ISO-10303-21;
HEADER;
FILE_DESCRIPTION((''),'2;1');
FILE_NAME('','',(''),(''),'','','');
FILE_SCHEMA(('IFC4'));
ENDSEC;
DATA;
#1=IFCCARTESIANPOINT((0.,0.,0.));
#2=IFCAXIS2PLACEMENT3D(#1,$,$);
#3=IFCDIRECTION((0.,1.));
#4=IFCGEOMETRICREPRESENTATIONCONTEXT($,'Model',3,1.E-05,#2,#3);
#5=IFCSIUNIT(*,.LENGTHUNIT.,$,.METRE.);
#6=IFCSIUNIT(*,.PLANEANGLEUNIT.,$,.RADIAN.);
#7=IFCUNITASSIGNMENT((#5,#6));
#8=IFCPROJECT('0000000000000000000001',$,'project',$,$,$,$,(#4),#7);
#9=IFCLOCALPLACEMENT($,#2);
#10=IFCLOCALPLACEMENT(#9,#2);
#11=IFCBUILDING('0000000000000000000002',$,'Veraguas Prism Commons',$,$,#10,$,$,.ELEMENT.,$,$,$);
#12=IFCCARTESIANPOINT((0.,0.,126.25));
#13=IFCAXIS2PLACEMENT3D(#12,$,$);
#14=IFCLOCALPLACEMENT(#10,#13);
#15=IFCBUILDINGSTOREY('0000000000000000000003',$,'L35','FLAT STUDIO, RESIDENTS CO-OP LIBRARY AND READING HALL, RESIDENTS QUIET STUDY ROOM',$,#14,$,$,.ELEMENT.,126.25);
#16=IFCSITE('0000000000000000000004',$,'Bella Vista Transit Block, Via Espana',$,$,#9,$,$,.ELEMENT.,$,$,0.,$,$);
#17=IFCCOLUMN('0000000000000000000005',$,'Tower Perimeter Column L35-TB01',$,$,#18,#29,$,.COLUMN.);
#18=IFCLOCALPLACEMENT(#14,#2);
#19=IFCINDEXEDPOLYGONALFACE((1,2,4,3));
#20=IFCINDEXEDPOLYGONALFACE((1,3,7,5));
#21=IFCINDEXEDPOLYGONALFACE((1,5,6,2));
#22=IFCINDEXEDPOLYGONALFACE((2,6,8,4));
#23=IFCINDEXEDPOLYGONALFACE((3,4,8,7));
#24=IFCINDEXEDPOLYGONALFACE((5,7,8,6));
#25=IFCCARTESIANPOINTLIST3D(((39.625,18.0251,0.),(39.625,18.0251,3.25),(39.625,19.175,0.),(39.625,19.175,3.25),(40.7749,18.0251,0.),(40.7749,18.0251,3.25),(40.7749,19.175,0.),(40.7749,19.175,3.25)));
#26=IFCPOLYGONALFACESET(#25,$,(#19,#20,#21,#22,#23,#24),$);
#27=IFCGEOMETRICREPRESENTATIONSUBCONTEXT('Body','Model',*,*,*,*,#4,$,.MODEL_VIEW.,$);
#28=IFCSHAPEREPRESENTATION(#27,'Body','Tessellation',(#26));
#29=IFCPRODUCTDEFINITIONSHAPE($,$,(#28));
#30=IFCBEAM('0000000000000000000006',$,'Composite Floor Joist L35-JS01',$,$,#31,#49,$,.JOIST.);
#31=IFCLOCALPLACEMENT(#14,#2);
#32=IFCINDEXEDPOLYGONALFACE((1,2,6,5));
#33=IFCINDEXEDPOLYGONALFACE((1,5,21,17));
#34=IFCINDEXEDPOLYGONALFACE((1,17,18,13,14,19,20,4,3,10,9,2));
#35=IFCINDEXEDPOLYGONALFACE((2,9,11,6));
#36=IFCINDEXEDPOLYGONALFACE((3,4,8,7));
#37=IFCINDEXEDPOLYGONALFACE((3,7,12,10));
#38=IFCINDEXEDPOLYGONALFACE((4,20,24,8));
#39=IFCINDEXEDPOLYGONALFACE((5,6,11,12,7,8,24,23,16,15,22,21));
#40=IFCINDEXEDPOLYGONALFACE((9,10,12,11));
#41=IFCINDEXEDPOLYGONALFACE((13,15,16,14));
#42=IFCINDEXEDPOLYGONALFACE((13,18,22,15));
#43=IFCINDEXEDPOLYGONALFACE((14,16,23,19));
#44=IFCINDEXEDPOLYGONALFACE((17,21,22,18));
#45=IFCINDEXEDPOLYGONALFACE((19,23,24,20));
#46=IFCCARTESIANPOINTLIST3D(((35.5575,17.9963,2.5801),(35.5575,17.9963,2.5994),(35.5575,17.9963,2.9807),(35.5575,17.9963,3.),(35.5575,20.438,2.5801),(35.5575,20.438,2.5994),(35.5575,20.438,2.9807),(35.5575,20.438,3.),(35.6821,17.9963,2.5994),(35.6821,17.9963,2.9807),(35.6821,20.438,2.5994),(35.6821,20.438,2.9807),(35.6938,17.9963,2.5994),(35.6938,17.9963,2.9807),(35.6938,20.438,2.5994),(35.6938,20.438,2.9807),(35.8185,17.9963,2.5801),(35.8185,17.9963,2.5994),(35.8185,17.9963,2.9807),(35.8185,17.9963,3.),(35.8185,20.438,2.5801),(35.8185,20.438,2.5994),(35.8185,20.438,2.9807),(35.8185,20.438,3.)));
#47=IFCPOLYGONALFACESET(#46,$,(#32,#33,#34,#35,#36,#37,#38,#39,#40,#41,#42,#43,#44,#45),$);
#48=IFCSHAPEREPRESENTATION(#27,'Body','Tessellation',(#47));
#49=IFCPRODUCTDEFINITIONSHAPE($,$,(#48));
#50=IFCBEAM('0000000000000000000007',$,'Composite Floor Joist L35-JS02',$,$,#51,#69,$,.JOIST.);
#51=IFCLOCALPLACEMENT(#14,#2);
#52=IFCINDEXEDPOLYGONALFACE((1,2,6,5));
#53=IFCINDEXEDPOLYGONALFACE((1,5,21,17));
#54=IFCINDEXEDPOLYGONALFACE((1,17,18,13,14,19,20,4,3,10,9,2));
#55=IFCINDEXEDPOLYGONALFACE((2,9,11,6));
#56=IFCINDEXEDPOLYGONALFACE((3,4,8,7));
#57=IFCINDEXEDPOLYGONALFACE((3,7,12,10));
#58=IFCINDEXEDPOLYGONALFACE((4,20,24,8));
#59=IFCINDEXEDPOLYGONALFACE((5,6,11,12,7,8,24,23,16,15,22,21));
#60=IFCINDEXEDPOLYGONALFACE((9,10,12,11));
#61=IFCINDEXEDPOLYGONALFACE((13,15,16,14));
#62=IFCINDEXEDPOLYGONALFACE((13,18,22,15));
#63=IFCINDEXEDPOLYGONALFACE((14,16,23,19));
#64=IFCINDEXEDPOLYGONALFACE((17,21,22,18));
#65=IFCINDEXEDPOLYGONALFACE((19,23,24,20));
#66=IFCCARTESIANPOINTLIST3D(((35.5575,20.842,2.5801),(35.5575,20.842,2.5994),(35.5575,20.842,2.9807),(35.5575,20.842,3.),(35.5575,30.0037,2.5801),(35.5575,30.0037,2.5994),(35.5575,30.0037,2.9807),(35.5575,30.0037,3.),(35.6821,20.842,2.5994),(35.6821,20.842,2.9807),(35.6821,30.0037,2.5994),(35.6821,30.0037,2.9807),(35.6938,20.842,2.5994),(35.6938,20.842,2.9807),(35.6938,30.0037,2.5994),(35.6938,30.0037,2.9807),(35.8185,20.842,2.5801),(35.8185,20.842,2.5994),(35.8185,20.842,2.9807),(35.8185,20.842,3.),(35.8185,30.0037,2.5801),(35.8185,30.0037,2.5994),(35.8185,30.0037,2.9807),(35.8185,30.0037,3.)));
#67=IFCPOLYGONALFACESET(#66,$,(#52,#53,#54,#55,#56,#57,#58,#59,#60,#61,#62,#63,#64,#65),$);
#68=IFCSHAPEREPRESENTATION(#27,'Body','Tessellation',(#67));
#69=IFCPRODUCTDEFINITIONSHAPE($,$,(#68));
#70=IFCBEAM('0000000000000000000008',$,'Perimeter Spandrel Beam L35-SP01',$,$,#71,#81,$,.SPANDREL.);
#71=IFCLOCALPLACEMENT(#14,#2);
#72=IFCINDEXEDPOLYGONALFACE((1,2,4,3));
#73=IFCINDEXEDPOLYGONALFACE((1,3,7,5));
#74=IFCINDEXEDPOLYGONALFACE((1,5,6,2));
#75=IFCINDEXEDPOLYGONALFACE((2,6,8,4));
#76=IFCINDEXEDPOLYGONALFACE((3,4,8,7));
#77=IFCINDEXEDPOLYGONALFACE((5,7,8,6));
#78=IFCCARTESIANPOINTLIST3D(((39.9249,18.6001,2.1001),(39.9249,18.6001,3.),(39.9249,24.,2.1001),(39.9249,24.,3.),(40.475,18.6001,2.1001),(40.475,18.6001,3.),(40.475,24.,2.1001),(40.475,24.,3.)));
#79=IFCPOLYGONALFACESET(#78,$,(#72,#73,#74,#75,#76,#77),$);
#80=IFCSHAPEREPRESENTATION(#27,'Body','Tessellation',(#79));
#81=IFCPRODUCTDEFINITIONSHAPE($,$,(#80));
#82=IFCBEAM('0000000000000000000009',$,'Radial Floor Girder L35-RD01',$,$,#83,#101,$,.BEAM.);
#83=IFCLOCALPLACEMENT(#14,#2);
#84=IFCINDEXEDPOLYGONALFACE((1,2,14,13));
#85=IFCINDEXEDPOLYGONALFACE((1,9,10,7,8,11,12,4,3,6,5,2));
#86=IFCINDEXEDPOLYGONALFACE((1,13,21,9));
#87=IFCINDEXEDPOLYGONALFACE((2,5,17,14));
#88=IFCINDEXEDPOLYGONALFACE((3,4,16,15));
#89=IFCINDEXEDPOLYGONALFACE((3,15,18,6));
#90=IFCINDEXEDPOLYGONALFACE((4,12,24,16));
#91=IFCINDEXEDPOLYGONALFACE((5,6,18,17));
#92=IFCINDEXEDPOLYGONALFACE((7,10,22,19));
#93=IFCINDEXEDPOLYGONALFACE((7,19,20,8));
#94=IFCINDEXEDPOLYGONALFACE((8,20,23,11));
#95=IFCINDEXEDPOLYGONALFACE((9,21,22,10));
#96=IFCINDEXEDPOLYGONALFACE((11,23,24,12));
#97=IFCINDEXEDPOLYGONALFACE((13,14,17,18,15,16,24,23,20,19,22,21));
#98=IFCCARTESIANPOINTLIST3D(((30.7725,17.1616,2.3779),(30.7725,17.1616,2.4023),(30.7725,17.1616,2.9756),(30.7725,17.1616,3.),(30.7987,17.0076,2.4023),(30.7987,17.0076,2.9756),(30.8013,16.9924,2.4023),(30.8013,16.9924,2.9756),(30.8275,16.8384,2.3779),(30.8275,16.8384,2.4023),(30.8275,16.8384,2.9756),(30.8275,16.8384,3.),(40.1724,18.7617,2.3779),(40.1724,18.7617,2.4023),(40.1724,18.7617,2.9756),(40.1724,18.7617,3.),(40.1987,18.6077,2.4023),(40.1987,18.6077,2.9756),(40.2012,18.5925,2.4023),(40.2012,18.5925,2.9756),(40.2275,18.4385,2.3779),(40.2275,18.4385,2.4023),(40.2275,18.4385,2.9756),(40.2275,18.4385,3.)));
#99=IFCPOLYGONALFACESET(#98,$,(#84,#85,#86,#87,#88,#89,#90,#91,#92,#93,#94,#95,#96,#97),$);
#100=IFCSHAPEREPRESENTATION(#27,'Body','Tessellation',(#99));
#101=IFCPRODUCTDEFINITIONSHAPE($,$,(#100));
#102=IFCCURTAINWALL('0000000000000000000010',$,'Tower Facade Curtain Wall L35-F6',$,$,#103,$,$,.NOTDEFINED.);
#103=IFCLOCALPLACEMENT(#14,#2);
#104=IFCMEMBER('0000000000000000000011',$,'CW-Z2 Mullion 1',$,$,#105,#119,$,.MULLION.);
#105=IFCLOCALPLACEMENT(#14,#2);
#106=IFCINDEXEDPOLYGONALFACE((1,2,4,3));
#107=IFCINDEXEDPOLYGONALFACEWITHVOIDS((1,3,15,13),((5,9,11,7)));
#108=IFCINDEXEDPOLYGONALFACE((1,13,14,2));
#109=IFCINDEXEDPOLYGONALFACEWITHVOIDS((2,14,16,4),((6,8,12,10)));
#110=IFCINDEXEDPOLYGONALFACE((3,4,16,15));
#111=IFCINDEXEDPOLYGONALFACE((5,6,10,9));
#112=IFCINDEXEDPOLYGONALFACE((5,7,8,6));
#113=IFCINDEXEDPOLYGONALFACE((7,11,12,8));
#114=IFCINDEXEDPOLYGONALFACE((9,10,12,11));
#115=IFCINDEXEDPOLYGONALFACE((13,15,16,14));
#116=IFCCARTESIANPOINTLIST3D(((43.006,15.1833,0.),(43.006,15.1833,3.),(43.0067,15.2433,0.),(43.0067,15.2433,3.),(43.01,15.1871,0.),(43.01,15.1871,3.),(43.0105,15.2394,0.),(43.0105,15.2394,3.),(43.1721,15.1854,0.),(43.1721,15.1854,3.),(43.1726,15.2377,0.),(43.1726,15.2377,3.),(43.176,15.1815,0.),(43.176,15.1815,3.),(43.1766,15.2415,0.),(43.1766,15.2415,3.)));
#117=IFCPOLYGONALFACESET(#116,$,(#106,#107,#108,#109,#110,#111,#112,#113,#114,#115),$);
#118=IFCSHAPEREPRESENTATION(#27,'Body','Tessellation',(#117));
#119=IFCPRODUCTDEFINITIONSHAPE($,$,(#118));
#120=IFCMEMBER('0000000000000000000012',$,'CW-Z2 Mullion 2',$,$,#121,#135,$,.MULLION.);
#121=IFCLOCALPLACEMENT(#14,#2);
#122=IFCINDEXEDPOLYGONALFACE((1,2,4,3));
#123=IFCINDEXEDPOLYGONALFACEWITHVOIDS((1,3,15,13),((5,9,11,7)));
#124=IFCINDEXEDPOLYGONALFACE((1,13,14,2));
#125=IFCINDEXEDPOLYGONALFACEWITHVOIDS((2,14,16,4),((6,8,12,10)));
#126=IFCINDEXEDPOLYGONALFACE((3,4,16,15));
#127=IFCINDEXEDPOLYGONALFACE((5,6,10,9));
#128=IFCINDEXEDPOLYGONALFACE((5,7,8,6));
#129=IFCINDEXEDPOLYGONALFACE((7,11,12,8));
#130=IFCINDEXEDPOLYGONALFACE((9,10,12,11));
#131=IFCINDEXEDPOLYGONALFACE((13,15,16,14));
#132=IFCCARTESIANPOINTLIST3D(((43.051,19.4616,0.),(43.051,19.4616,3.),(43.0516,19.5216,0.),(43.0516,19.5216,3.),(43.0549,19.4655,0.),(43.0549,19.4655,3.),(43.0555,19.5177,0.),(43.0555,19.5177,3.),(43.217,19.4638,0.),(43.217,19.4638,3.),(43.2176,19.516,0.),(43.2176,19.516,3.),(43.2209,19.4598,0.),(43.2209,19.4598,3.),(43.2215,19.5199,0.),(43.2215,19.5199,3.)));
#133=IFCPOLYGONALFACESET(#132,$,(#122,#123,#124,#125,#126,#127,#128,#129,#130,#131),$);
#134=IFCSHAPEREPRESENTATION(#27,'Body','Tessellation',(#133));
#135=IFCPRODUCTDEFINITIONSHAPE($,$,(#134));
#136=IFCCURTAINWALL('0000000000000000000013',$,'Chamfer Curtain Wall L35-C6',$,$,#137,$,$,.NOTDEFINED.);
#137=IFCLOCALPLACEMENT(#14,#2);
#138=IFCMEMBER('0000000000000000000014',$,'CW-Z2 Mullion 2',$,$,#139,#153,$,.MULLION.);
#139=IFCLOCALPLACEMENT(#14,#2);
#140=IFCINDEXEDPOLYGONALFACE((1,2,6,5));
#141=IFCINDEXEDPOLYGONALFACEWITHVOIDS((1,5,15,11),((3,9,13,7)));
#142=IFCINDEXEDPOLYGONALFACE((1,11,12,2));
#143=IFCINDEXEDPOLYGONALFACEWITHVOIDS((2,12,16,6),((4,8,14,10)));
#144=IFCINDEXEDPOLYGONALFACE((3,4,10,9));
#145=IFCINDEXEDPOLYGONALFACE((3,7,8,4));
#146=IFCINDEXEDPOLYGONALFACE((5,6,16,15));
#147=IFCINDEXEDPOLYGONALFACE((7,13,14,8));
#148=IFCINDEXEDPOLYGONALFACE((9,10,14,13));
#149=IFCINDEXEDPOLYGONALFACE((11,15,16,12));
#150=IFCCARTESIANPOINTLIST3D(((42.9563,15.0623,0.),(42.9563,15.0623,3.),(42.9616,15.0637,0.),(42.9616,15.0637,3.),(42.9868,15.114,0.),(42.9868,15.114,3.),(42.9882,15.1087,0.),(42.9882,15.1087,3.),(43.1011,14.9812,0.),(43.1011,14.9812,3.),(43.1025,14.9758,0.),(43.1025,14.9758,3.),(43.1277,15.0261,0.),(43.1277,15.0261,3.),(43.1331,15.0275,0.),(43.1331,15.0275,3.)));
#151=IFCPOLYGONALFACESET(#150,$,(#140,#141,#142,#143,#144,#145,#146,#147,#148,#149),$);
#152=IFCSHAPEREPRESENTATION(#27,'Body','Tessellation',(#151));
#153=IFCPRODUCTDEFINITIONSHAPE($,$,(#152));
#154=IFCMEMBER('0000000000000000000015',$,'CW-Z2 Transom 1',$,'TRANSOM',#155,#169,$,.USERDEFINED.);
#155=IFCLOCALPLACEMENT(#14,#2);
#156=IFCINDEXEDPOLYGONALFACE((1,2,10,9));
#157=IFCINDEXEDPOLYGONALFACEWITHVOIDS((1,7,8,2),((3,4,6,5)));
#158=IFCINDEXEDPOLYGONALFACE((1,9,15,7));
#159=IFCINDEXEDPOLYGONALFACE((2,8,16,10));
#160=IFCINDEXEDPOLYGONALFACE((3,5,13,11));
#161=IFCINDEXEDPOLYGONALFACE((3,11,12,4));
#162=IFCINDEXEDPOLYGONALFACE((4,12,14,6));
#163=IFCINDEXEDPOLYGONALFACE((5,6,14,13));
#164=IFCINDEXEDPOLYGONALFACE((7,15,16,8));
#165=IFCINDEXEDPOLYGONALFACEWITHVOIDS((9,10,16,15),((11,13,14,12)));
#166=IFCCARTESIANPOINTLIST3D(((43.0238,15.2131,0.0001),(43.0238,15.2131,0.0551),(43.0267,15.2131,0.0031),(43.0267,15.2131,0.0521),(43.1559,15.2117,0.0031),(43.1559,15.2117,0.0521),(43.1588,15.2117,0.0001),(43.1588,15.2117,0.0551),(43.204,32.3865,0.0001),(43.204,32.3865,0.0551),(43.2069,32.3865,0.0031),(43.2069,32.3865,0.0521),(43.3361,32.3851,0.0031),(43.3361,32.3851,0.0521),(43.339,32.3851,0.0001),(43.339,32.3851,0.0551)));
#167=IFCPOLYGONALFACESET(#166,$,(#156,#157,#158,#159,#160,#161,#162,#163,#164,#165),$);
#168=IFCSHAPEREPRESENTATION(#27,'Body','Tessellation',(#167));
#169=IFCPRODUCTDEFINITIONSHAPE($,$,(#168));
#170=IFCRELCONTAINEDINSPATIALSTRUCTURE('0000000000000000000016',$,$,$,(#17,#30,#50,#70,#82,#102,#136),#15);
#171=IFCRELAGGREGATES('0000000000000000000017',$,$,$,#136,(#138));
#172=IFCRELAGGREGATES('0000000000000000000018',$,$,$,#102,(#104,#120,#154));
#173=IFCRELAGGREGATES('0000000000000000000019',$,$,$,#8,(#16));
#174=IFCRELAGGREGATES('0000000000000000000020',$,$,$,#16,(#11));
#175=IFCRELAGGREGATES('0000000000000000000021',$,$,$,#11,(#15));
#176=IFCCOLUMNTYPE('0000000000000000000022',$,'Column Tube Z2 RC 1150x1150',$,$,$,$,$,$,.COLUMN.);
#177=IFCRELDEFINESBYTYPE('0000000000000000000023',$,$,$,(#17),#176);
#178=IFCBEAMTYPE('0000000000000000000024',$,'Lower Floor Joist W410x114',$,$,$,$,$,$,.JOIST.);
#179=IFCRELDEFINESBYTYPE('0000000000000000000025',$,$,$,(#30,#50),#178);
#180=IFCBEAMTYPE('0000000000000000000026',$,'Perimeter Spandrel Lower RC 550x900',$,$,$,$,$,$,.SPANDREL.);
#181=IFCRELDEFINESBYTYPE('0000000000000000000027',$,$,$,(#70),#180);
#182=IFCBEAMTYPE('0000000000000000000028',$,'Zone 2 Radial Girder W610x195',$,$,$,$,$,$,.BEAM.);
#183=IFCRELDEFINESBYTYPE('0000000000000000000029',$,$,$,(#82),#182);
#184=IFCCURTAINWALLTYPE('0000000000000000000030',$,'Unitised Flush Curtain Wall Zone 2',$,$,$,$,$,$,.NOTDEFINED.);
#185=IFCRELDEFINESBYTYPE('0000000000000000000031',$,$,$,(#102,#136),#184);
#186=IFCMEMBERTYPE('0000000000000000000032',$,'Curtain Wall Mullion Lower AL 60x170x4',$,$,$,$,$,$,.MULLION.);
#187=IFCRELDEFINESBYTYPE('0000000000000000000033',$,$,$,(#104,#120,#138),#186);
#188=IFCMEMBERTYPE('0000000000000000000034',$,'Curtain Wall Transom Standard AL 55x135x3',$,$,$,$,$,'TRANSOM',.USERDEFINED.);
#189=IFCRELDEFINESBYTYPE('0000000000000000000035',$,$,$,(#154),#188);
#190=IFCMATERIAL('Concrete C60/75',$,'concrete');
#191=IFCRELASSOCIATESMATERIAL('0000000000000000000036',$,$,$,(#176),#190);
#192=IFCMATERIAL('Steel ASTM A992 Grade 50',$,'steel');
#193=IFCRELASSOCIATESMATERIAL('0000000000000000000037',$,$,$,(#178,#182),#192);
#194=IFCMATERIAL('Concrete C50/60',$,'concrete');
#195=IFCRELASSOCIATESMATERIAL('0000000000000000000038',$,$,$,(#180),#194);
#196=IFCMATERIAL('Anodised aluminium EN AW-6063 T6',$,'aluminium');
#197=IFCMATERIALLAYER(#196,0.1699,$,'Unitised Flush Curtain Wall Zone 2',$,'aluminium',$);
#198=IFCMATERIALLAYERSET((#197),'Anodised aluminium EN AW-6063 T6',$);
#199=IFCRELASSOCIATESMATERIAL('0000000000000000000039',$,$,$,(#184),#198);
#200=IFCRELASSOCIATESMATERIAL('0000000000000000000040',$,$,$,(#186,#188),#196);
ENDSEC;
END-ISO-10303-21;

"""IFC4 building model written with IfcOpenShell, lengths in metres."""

from ifc_helpers import new_model, si_unit, direction, frame, origin, origin_2d, place, context, subcontext, project, spatial, rectangle, hollow_rectangle, i_section, extrude, source, transform, mapped, material, layer, layer_set, material_profile, profile_set, type_object, element, aggregate, save


model = new_model("IFC4")

# Units and contexts
model_context = context("Model", 3, precision=1e-05, world=origin(), true_north=direction((0.0, 1.0)))
body_context = subcontext(model_context, "Body", "Model", "MODEL_VIEW")
ifc_project = project(units=[si_unit("LENGTHUNIT", "METRE"), si_unit("PLANEANGLEUNIT", "RADIAN")], contexts=[model_context])

# Site, building, storey
site_placement = place(None, origin())
site = spatial("IfcSite", under=ifc_project, at=site_placement, Name="Bella Vista Transit Block, Via Espana", CompositionType="ELEMENT", RefElevation=0.0)
building_placement = place(site_placement, origin())
building = spatial("IfcBuilding", under=site, at=building_placement, Name="Veraguas Prism Commons", CompositionType="ELEMENT")
storey_placement = place(building_placement, frame((0.0, 0.0, 126.25)))
storey = spatial("IfcBuildingStorey", under=building, at=storey_placement, Name="L35", Description="FLAT STUDIO, RESIDENTS CO-OP LIBRARY AND READING HALL, RESIDENTS QUIET STUDY ROOM", CompositionType="ELEMENT", Elevation=126.25)

# Column
ifc_material_1 = material(Name="Concrete C60/75", Category="concrete")
ifc_material_profile_1 = material_profile(ifc_material_1, rectangle(XDim=1.1499, YDim=1.1499, at=origin_2d()), Name="RC1150X1150")
ifc_profile_set_1 = profile_set([ifc_material_profile_1], Name="Concrete C60/75")
column_type = type_object("IfcColumnType", Name="Column Tube Z2 RC 1150x1150", PredefinedType="COLUMN", material=ifc_profile_set_1)
column_placement = place(storey_placement, frame((40.2, 18.6001, 0.0), z_axis=(0.0, 0.0, 1.0), x_axis=(1.0, 0.0, 0.0)))
element("IfcColumn", 1, at=column_placement, inside=storey, type_object=column_type, Name="Tower Perimeter Column L35-TB01", PredefinedType="COLUMN", context=body_context, shape_type="SweptSolid", body=[
    extrude(rectangle(XDim=1.1499, YDim=1.1499, at=origin_2d()), origin(), (0.0, 0.0, 1.0), 3.25),
])

# Beams
ifc_material_2 = material(Name="Steel ASTM A992 Grade 50", Category="steel")
ifc_material_profile_2 = material_profile(ifc_material_2, i_section(OverallWidth=0.261, OverallDepth=0.4199, WebThickness=0.0117, FlangeThickness=0.0193, at=origin_2d()), Name="W410X114")
ifc_profile_set_2 = profile_set([ifc_material_profile_2], Name="Steel ASTM A992 Grade 50")
beam_type_1 = type_object("IfcBeamType", Name="Lower Floor Joist W410x114", PredefinedType="JOIST", material=ifc_profile_set_2)
beam_1_placement = place(storey_placement, frame((35.688, 17.9963, 2.79), z_axis=(0.0, 1.0, 0.0), x_axis=(-1.0, 0.0, 0.0)))
element("IfcBeam", 2, at=beam_1_placement, inside=storey, type_object=beam_type_1, Name="Composite Floor Joist L35-JS01", PredefinedType="JOIST", context=body_context, shape_type="SweptSolid", body=[
    extrude(i_section(OverallWidth=0.261, OverallDepth=0.4199, WebThickness=0.0117, FlangeThickness=0.0193, at=origin_2d()), origin(), (0.0, 0.0, 1.0), 2.4417),
])
beam_2_placement = place(storey_placement, frame((35.688, 20.842, 2.79), z_axis=(0.0, 1.0, 0.0), x_axis=(-1.0, 0.0, 0.0)))
element("IfcBeam", 3, at=beam_2_placement, inside=storey, type_object=beam_type_1, Name="Composite Floor Joist L35-JS02", PredefinedType="JOIST", context=body_context, shape_type="SweptSolid", body=[
    extrude(i_section(OverallWidth=0.261, OverallDepth=0.4199, WebThickness=0.0117, FlangeThickness=0.0193, at=origin_2d()), origin(), (0.0, 0.0, 1.0), 9.1616),
])
ifc_material_3 = material(Name="Concrete C50/60", Category="concrete")
ifc_material_profile_3 = material_profile(ifc_material_3, rectangle(XDim=0.55, YDim=0.8999, at=origin_2d()), Name="RC550X900")
ifc_profile_set_3 = profile_set([ifc_material_profile_3], Name="Concrete C50/60")
beam_type_2 = type_object("IfcBeamType", Name="Perimeter Spandrel Lower RC 550x900", PredefinedType="SPANDREL", material=ifc_profile_set_3)
beam_3_placement = place(storey_placement, frame((40.2, 18.6001, 2.55), z_axis=(0.0, 1.0, 0.0), x_axis=(-1.0, 0.0, 0.0)))
element("IfcBeam", 4, at=beam_3_placement, inside=storey, type_object=beam_type_2, Name="Perimeter Spandrel Beam L35-SP01", PredefinedType="SPANDREL", context=body_context, shape_type="SweptSolid", body=[
    extrude(rectangle(XDim=0.55, YDim=0.8999, at=origin_2d()), origin(), (0.0, 0.0, 1.0), 5.3999),
])
ifc_material_profile_4 = material_profile(ifc_material_2, i_section(OverallWidth=0.3279, OverallDepth=0.6221, WebThickness=0.0154, FlangeThickness=0.0244, at=origin_2d()), Name="W610X195")
ifc_profile_set_4 = profile_set([ifc_material_profile_4], Name="Steel ASTM A992 Grade 50")
beam_type_3 = type_object("IfcBeamType", Name="Zone 2 Radial Girder W610x195", PredefinedType="BEAM", material=ifc_profile_set_4)
beam_4_placement = place(storey_placement, frame((40.2, 18.6001, 2.689), z_axis=(-0.985819, -0.167811, 0.0), x_axis=(0.167811, -0.985819, 0.0)))
element("IfcBeam", 5, at=beam_4_placement, inside=storey, type_object=beam_type_3, Name="Radial Floor Girder L35-RD01", PredefinedType="BEAM", context=body_context, shape_type="SweptSolid", body=[
    extrude(i_section(OverallWidth=0.3279, OverallDepth=0.6221, WebThickness=0.0154, FlangeThickness=0.0244, at=origin_2d()), origin(), (0.0, 0.0, 1.0), 9.5352),
])

# Curtain wall, members
ifc_material_4 = material(Name="Anodised aluminium EN AW-6063 T6", Category="aluminium")
ifc_layer_1 = layer(ifc_material_4, 0.1699, Name="Unitised Flush Curtain Wall Zone 2", Category="aluminium")
ifc_layer_set_1 = layer_set([ifc_layer_1], Name="Anodised aluminium EN AW-6063 T6")
curtain_wall_type = type_object("IfcCurtainWallType", Name="Unitised Flush Curtain Wall Zone 2", PredefinedType="NOTDEFINED", material=ifc_layer_set_1)
curtain_wall_1_placement = place(storey_placement, origin())
curtain_wall_1 = element("IfcCurtainWall", 6, at=curtain_wall_1_placement, inside=storey, type_object=curtain_wall_type, Name="Tower Facade Curtain Wall L35-F6", PredefinedType="NOTDEFINED")
ifc_material_profile_5 = material_profile(ifc_material_4, hollow_rectangle(XDim=0.0601, YDim=0.1699, WallThickness=0.0039, at=origin_2d()), Name="AL60X170X4")
ifc_profile_set_5 = profile_set([ifc_material_profile_5], Name="Anodised aluminium EN AW-6063 T6")
member_type_1 = type_object("IfcMemberType", Name="Curtain Wall Mullion Lower AL 60x170x4", PredefinedType="MULLION", material=ifc_profile_set_5)
shared_shape_1 = source(origin(), body_context, "Body", "SweptSolid", [
    extrude(hollow_rectangle(XDim=0.0601, YDim=0.1699, WallThickness=0.0039, at=origin_2d()), origin(), (0.0, 0.0, 1.0), 3.0),
])
member_1_placement = place(storey_placement, frame((43.0913, 15.2124, 0.0), z_axis=(0.0, 0.0, 1.0), x_axis=(0.010479, 0.999945, 0.0)))
member_1 = element("IfcMember", 7, at=member_1_placement, type_object=member_type_1, Name="CW-Z2 Mullion 1", PredefinedType="MULLION", context=body_context, shape_type="MappedRepresentation", body=[
    mapped(shared_shape_1, transform((0.0, 0.0, 0.0), scale=1.0)),
])
member_2_placement = place(storey_placement, frame((43.1362, 19.4907, 0.0), z_axis=(0.0, 0.0, 1.0), x_axis=(0.010479, 0.999945, 0.0)))
member_2 = element("IfcMember", 8, at=member_2_placement, type_object=member_type_1, Name="CW-Z2 Mullion 2", PredefinedType="MULLION", context=body_context, shape_type="MappedRepresentation", body=[
    mapped(shared_shape_1, transform((0.0, 0.0, 0.0), scale=1.0)),
])

# Curtain wall, member
curtain_wall_2_placement = place(storey_placement, origin())
curtain_wall_2 = element("IfcCurtainWall", 9, at=curtain_wall_2_placement, inside=storey, type_object=curtain_wall_type, Name="Chamfer Curtain Wall L35-C6", PredefinedType="NOTDEFINED")
member_3_placement = place(storey_placement, frame((43.0447, 15.0449, 0.0), z_axis=(0.0, 0.0, 1.0), x_axis=(0.509041, 0.860742, 0.0)))
member_3 = element("IfcMember", 10, at=member_3_placement, type_object=member_type_1, Name="CW-Z2 Mullion 2", PredefinedType="MULLION", context=body_context, shape_type="MappedRepresentation", body=[
    mapped(shared_shape_1, transform((0.0, 0.0, 0.0), scale=1.0)),
])
aggregate(curtain_wall_2, [member_3])

# Member
ifc_material_profile_6 = material_profile(ifc_material_4, hollow_rectangle(XDim=0.0549, YDim=0.135, WallThickness=0.0029, at=origin_2d()), Name="AL55X135X3")
ifc_profile_set_6 = profile_set([ifc_material_profile_6], Name="Anodised aluminium EN AW-6063 T6")
member_type_2 = type_object("IfcMemberType", Name="Curtain Wall Transom Standard AL 55x135x3", ElementType="TRANSOM", PredefinedType="USERDEFINED", material=ifc_profile_set_6)
shared_shape_2 = source(origin(), body_context, "Body", "SweptSolid", [
    extrude(hollow_rectangle(XDim=0.0549, YDim=0.135, WallThickness=0.0029, at=origin_2d()), origin(), (0.0, 0.0, 1.0), 17.1743),
])
member_4_placement = place(storey_placement, frame((43.0913, 15.2124, 0.0276), z_axis=(0.010491, 0.999945, 0.0), x_axis=(0.0, 0.0, 1.0)))
member_4 = element("IfcMember", 11, at=member_4_placement, type_object=member_type_2, Name="CW-Z2 Transom 1", ObjectType="TRANSOM", PredefinedType="USERDEFINED", context=body_context, shape_type="MappedRepresentation", body=[
    mapped(shared_shape_2, transform((0.0, 0.0, 0.0), scale=1.0)),
])

aggregate(curtain_wall_1, [member_1, member_2, member_4])

save(model, "model.ifc")
